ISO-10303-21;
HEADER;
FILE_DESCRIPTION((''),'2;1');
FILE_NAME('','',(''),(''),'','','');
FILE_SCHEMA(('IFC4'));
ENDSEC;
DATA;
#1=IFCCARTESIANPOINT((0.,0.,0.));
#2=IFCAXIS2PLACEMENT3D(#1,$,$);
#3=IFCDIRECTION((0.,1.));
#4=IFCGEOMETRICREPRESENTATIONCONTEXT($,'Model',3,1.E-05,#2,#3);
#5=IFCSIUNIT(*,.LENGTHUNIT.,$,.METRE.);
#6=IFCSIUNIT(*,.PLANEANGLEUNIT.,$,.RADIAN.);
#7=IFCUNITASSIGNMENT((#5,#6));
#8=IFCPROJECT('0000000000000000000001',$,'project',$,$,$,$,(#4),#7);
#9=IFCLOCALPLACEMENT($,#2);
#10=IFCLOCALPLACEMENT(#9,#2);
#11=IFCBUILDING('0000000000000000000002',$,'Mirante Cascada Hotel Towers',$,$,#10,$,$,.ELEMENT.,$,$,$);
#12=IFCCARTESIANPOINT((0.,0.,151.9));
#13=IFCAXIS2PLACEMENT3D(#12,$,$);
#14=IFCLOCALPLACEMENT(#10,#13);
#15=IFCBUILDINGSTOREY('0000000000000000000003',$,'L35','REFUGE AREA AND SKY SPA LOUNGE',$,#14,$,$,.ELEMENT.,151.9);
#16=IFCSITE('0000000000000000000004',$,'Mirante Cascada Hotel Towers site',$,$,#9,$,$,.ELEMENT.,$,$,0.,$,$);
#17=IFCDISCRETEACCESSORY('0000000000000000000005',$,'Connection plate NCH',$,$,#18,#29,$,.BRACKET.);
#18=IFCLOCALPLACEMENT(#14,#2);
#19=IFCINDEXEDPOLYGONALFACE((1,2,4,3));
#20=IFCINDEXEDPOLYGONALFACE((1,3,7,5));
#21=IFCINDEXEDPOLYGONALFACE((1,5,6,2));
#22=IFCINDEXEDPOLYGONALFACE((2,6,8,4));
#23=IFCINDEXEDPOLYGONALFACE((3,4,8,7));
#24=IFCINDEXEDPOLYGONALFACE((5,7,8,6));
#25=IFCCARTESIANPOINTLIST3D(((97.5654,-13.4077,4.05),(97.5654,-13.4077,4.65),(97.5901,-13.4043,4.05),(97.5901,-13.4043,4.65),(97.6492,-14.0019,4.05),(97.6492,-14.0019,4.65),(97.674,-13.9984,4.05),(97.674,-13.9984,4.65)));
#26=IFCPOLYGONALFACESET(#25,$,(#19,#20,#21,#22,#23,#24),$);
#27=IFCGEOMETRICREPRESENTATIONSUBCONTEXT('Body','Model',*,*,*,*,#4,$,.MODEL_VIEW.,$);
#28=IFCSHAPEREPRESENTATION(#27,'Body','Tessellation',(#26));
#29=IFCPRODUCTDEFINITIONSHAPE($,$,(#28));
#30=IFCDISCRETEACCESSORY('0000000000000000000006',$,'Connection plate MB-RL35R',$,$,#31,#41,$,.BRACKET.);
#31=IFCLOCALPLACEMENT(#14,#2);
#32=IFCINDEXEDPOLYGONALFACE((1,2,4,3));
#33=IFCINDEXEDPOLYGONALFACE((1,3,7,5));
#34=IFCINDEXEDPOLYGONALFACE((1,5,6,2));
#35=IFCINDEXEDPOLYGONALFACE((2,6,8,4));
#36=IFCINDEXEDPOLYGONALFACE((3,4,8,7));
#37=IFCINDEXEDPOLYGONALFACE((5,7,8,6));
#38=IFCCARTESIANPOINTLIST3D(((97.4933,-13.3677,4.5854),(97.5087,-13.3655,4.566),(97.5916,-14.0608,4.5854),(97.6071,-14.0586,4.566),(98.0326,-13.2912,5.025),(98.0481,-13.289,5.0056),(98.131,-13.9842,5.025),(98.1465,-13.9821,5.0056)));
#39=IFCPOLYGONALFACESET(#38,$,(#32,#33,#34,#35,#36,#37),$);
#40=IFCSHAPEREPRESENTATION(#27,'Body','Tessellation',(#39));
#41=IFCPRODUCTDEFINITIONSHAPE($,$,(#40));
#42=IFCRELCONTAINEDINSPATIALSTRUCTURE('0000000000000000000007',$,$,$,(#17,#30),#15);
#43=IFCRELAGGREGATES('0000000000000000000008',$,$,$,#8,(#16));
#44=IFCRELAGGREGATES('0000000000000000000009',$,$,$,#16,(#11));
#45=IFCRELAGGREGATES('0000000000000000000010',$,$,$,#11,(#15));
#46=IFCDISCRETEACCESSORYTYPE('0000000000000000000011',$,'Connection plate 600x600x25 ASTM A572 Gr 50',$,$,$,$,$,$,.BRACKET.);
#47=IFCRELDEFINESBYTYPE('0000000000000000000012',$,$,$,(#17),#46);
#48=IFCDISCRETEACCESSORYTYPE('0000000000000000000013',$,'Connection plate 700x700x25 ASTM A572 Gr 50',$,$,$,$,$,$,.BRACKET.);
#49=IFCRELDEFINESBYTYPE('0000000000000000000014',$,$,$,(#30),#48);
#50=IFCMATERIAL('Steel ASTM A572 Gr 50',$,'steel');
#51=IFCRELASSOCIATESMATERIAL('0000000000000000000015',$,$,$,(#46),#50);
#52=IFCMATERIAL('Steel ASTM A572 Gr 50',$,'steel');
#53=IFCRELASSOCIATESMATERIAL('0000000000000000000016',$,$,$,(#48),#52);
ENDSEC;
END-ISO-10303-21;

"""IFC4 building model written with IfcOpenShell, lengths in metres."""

from ifc_helpers import new_model, si_unit, direction, frame, origin, origin_2d, place, context, subcontext, project, spatial, rectangle, extrude, material, material_profile, profile_set, type_object, element, save


model = new_model("IFC4")

# Units and contexts
model_context = context("Model", 3, precision=1e-05, world=origin(), true_north=direction((0.0, 1.0)))
body_context = subcontext(model_context, "Body", "Model", "MODEL_VIEW")
ifc_project = project(units=[si_unit("LENGTHUNIT", "METRE"), si_unit("PLANEANGLEUNIT", "RADIAN")], contexts=[model_context])

# Site, building, storey
site_placement = place(None, origin())
site = spatial("IfcSite", under=ifc_project, at=site_placement, Name="Mirante Cascada Hotel Towers site", CompositionType="ELEMENT", RefElevation=0.0)
building_placement = place(site_placement, origin())
building = spatial("IfcBuilding", under=site, at=building_placement, Name="Mirante Cascada Hotel Towers", CompositionType="ELEMENT")
storey_placement = place(building_placement, frame((0.0, 0.0, 151.9)))
storey = spatial("IfcBuildingStorey", under=building, at=storey_placement, Name="L35", Description="REFUGE AREA AND SKY SPA LOUNGE", CompositionType="ELEMENT", Elevation=151.9)

# Discrete accessories
ifc_material_1 = material(Name="Steel ASTM A572 Gr 50", Category="steel")
ifc_material_profile_1 = material_profile(ifc_material_1, rectangle(XDim=0.6, YDim=0.6, at=origin_2d()), Name="Connection plate 600x600x25 ASTM A572 Gr 50")
ifc_profile_set_1 = profile_set([ifc_material_profile_1], Name="Steel ASTM A572 Gr 50")
discrete_accessory_type_1 = type_object("IfcDiscreteAccessoryType", Name="Connection plate 600x600x25 ASTM A572 Gr 50", PredefinedType="BRACKET", material=ifc_profile_set_1)
discrete_accessory_1_placement = place(storey_placement, frame((97.6073, -13.7048, 4.35), z_axis=(0.990188, 0.139744, 0.0), x_axis=(-0.139744, 0.990188, 0.0)))
element("IfcDiscreteAccessory", 1, at=discrete_accessory_1_placement, inside=storey, type_object=discrete_accessory_type_1, Name="Connection plate NCH", PredefinedType="BRACKET", context=body_context, shape_type="SweptSolid", body=[
    extrude(rectangle(XDim=0.6, YDim=0.6, at=origin_2d()), origin(), (0.0, 0.0, 1.0), 0.025),
])
ifc_material_2 = material(Name="Steel ASTM A572 Gr 50", Category="steel")
ifc_material_profile_2 = material_profile(ifc_material_2, rectangle(XDim=0.7, YDim=0.7, at=origin_2d()), Name="Connection plate 700x700x25 ASTM A572 Gr 50")
ifc_profile_set_2 = profile_set([ifc_material_profile_2], Name="Steel ASTM A572 Gr 50")
discrete_accessory_type_2 = type_object("IfcDiscreteAccessoryType", Name="Connection plate 700x700x25 ASTM A572 Gr 50", PredefinedType="BRACKET", material=ifc_profile_set_2)
discrete_accessory_2_placement = place(storey_placement, frame((97.8276, -13.6738, 4.7858), z_axis=(-0.621768, -0.088251, 0.778213), x_axis=(0.140527, -0.990077, 0.0)))
element("IfcDiscreteAccessory", 2, at=discrete_accessory_2_placement, inside=storey, type_object=discrete_accessory_type_2, Name="Connection plate MB-RL35R", PredefinedType="BRACKET", context=body_context, shape_type="SweptSolid", body=[
    extrude(rectangle(XDim=0.7, YDim=0.7, at=origin_2d()), origin(), (0.0, 0.0, 1.0), 0.0249),
])

save(model, "model.ifc")
